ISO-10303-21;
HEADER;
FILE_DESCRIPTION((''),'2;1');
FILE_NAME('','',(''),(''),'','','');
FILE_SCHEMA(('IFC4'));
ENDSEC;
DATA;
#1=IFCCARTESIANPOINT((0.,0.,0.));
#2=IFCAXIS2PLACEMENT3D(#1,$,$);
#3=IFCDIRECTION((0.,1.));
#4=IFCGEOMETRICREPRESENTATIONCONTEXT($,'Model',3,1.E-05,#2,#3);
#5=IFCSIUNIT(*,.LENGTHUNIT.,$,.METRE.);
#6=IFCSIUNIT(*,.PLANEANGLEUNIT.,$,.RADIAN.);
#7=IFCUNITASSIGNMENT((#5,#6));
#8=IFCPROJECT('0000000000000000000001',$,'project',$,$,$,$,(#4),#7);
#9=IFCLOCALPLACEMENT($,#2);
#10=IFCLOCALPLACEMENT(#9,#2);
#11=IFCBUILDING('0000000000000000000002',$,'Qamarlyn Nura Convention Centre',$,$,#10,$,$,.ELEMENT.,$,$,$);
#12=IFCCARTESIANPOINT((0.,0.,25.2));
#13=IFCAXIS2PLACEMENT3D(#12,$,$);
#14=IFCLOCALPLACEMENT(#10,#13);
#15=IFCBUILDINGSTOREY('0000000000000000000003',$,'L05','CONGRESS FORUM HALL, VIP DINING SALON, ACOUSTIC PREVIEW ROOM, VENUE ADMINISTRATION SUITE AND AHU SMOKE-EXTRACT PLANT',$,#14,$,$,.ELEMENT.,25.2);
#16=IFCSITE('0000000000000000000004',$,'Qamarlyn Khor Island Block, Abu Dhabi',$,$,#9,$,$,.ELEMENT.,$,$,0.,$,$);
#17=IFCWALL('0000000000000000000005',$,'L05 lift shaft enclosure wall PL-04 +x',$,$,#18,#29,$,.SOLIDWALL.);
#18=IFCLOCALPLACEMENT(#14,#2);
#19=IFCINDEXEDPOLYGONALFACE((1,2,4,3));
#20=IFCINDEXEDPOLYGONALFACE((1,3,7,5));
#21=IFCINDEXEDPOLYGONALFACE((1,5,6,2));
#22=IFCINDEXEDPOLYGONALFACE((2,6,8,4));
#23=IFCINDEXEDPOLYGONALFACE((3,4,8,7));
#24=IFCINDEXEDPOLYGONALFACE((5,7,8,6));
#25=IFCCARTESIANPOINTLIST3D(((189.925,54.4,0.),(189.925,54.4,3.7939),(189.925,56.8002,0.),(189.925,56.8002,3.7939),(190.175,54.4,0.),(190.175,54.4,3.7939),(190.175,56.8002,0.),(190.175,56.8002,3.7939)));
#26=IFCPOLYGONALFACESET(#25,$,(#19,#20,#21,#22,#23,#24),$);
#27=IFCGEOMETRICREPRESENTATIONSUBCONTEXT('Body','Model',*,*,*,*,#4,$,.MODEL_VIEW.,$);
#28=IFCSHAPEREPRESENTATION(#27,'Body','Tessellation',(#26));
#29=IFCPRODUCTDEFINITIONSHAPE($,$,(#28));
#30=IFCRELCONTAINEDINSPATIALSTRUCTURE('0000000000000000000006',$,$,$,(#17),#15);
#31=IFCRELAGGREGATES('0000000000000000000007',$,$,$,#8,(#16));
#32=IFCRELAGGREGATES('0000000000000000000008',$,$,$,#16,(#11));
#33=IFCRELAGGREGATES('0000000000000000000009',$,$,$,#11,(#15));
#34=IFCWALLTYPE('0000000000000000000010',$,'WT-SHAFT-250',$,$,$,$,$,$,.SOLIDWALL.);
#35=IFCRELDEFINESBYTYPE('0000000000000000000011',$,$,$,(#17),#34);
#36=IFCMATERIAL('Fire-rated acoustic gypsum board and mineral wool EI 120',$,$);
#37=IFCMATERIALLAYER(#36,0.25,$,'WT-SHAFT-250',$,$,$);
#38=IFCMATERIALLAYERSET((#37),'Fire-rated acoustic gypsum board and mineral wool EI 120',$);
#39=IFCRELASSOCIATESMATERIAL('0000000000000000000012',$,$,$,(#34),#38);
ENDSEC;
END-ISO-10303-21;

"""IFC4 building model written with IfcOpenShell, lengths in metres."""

from ifc_helpers import new_model, si_unit, direction, frame, frame_2d, origin, place, context, subcontext, project, spatial, rectangle, extrude, material, layer, layer_set, type_object, element, save


model = new_model("IFC4")

# Units and contexts
model_context = context("Model", 3, precision=1e-05, world=origin(), true_north=direction((0.0, 1.0)))
body_context = subcontext(model_context, "Body", "Model", "MODEL_VIEW")
ifc_project = project(units=[si_unit("LENGTHUNIT", "METRE"), si_unit("PLANEANGLEUNIT", "RADIAN")], contexts=[model_context])

# Site, building, storey
site_placement = place(None, origin())
site = spatial("IfcSite", under=ifc_project, at=site_placement, Name="Qamarlyn Khor Island Block, Abu Dhabi", CompositionType="ELEMENT", RefElevation=0.0)
building_placement = place(site_placement, origin())
building = spatial("IfcBuilding", under=site, at=building_placement, Name="Qamarlyn Nura Convention Centre", CompositionType="ELEMENT")
storey_placement = place(building_placement, frame((0.0, 0.0, 25.2)))
storey = spatial("IfcBuildingStorey", under=building, at=storey_placement, Name="L05", Description="CONGRESS FORUM HALL, VIP DINING SALON, ACOUSTIC PREVIEW ROOM, VENUE ADMINISTRATION SUITE AND AHU SMOKE-EXTRACT PLANT", CompositionType="ELEMENT", Elevation=25.2)

# Wall
ifc_material_1 = material(Name="Fire-rated acoustic gypsum board and mineral wool EI 120")
ifc_layer_1 = layer(ifc_material_1, 0.25, Name="WT-SHAFT-250")
ifc_layer_set_1 = layer_set([ifc_layer_1], Name="Fire-rated acoustic gypsum board and mineral wool EI 120")
wall_type = type_object("IfcWallType", Name="WT-SHAFT-250", PredefinedType="SOLIDWALL", material=ifc_layer_set_1)
wall_placement = place(storey_placement, frame((190.05, 54.3999, 0.0), z_axis=(0.0, 0.0, 1.0), x_axis=(0.0, 1.0, 0.0)))
element("IfcWall", 1, at=wall_placement, inside=storey, type_object=wall_type, Name="L05 lift shaft enclosure wall PL-04 +x", PredefinedType="SOLIDWALL", context=body_context, shape_type="SweptSolid", body=[
    extrude(rectangle(XDim=2.4001, YDim=0.25, at=frame_2d((1.2002, 0.0))), origin(), (0.0, 0.0, 1.0), 3.7939),
])

save(model, "model.ifc")
